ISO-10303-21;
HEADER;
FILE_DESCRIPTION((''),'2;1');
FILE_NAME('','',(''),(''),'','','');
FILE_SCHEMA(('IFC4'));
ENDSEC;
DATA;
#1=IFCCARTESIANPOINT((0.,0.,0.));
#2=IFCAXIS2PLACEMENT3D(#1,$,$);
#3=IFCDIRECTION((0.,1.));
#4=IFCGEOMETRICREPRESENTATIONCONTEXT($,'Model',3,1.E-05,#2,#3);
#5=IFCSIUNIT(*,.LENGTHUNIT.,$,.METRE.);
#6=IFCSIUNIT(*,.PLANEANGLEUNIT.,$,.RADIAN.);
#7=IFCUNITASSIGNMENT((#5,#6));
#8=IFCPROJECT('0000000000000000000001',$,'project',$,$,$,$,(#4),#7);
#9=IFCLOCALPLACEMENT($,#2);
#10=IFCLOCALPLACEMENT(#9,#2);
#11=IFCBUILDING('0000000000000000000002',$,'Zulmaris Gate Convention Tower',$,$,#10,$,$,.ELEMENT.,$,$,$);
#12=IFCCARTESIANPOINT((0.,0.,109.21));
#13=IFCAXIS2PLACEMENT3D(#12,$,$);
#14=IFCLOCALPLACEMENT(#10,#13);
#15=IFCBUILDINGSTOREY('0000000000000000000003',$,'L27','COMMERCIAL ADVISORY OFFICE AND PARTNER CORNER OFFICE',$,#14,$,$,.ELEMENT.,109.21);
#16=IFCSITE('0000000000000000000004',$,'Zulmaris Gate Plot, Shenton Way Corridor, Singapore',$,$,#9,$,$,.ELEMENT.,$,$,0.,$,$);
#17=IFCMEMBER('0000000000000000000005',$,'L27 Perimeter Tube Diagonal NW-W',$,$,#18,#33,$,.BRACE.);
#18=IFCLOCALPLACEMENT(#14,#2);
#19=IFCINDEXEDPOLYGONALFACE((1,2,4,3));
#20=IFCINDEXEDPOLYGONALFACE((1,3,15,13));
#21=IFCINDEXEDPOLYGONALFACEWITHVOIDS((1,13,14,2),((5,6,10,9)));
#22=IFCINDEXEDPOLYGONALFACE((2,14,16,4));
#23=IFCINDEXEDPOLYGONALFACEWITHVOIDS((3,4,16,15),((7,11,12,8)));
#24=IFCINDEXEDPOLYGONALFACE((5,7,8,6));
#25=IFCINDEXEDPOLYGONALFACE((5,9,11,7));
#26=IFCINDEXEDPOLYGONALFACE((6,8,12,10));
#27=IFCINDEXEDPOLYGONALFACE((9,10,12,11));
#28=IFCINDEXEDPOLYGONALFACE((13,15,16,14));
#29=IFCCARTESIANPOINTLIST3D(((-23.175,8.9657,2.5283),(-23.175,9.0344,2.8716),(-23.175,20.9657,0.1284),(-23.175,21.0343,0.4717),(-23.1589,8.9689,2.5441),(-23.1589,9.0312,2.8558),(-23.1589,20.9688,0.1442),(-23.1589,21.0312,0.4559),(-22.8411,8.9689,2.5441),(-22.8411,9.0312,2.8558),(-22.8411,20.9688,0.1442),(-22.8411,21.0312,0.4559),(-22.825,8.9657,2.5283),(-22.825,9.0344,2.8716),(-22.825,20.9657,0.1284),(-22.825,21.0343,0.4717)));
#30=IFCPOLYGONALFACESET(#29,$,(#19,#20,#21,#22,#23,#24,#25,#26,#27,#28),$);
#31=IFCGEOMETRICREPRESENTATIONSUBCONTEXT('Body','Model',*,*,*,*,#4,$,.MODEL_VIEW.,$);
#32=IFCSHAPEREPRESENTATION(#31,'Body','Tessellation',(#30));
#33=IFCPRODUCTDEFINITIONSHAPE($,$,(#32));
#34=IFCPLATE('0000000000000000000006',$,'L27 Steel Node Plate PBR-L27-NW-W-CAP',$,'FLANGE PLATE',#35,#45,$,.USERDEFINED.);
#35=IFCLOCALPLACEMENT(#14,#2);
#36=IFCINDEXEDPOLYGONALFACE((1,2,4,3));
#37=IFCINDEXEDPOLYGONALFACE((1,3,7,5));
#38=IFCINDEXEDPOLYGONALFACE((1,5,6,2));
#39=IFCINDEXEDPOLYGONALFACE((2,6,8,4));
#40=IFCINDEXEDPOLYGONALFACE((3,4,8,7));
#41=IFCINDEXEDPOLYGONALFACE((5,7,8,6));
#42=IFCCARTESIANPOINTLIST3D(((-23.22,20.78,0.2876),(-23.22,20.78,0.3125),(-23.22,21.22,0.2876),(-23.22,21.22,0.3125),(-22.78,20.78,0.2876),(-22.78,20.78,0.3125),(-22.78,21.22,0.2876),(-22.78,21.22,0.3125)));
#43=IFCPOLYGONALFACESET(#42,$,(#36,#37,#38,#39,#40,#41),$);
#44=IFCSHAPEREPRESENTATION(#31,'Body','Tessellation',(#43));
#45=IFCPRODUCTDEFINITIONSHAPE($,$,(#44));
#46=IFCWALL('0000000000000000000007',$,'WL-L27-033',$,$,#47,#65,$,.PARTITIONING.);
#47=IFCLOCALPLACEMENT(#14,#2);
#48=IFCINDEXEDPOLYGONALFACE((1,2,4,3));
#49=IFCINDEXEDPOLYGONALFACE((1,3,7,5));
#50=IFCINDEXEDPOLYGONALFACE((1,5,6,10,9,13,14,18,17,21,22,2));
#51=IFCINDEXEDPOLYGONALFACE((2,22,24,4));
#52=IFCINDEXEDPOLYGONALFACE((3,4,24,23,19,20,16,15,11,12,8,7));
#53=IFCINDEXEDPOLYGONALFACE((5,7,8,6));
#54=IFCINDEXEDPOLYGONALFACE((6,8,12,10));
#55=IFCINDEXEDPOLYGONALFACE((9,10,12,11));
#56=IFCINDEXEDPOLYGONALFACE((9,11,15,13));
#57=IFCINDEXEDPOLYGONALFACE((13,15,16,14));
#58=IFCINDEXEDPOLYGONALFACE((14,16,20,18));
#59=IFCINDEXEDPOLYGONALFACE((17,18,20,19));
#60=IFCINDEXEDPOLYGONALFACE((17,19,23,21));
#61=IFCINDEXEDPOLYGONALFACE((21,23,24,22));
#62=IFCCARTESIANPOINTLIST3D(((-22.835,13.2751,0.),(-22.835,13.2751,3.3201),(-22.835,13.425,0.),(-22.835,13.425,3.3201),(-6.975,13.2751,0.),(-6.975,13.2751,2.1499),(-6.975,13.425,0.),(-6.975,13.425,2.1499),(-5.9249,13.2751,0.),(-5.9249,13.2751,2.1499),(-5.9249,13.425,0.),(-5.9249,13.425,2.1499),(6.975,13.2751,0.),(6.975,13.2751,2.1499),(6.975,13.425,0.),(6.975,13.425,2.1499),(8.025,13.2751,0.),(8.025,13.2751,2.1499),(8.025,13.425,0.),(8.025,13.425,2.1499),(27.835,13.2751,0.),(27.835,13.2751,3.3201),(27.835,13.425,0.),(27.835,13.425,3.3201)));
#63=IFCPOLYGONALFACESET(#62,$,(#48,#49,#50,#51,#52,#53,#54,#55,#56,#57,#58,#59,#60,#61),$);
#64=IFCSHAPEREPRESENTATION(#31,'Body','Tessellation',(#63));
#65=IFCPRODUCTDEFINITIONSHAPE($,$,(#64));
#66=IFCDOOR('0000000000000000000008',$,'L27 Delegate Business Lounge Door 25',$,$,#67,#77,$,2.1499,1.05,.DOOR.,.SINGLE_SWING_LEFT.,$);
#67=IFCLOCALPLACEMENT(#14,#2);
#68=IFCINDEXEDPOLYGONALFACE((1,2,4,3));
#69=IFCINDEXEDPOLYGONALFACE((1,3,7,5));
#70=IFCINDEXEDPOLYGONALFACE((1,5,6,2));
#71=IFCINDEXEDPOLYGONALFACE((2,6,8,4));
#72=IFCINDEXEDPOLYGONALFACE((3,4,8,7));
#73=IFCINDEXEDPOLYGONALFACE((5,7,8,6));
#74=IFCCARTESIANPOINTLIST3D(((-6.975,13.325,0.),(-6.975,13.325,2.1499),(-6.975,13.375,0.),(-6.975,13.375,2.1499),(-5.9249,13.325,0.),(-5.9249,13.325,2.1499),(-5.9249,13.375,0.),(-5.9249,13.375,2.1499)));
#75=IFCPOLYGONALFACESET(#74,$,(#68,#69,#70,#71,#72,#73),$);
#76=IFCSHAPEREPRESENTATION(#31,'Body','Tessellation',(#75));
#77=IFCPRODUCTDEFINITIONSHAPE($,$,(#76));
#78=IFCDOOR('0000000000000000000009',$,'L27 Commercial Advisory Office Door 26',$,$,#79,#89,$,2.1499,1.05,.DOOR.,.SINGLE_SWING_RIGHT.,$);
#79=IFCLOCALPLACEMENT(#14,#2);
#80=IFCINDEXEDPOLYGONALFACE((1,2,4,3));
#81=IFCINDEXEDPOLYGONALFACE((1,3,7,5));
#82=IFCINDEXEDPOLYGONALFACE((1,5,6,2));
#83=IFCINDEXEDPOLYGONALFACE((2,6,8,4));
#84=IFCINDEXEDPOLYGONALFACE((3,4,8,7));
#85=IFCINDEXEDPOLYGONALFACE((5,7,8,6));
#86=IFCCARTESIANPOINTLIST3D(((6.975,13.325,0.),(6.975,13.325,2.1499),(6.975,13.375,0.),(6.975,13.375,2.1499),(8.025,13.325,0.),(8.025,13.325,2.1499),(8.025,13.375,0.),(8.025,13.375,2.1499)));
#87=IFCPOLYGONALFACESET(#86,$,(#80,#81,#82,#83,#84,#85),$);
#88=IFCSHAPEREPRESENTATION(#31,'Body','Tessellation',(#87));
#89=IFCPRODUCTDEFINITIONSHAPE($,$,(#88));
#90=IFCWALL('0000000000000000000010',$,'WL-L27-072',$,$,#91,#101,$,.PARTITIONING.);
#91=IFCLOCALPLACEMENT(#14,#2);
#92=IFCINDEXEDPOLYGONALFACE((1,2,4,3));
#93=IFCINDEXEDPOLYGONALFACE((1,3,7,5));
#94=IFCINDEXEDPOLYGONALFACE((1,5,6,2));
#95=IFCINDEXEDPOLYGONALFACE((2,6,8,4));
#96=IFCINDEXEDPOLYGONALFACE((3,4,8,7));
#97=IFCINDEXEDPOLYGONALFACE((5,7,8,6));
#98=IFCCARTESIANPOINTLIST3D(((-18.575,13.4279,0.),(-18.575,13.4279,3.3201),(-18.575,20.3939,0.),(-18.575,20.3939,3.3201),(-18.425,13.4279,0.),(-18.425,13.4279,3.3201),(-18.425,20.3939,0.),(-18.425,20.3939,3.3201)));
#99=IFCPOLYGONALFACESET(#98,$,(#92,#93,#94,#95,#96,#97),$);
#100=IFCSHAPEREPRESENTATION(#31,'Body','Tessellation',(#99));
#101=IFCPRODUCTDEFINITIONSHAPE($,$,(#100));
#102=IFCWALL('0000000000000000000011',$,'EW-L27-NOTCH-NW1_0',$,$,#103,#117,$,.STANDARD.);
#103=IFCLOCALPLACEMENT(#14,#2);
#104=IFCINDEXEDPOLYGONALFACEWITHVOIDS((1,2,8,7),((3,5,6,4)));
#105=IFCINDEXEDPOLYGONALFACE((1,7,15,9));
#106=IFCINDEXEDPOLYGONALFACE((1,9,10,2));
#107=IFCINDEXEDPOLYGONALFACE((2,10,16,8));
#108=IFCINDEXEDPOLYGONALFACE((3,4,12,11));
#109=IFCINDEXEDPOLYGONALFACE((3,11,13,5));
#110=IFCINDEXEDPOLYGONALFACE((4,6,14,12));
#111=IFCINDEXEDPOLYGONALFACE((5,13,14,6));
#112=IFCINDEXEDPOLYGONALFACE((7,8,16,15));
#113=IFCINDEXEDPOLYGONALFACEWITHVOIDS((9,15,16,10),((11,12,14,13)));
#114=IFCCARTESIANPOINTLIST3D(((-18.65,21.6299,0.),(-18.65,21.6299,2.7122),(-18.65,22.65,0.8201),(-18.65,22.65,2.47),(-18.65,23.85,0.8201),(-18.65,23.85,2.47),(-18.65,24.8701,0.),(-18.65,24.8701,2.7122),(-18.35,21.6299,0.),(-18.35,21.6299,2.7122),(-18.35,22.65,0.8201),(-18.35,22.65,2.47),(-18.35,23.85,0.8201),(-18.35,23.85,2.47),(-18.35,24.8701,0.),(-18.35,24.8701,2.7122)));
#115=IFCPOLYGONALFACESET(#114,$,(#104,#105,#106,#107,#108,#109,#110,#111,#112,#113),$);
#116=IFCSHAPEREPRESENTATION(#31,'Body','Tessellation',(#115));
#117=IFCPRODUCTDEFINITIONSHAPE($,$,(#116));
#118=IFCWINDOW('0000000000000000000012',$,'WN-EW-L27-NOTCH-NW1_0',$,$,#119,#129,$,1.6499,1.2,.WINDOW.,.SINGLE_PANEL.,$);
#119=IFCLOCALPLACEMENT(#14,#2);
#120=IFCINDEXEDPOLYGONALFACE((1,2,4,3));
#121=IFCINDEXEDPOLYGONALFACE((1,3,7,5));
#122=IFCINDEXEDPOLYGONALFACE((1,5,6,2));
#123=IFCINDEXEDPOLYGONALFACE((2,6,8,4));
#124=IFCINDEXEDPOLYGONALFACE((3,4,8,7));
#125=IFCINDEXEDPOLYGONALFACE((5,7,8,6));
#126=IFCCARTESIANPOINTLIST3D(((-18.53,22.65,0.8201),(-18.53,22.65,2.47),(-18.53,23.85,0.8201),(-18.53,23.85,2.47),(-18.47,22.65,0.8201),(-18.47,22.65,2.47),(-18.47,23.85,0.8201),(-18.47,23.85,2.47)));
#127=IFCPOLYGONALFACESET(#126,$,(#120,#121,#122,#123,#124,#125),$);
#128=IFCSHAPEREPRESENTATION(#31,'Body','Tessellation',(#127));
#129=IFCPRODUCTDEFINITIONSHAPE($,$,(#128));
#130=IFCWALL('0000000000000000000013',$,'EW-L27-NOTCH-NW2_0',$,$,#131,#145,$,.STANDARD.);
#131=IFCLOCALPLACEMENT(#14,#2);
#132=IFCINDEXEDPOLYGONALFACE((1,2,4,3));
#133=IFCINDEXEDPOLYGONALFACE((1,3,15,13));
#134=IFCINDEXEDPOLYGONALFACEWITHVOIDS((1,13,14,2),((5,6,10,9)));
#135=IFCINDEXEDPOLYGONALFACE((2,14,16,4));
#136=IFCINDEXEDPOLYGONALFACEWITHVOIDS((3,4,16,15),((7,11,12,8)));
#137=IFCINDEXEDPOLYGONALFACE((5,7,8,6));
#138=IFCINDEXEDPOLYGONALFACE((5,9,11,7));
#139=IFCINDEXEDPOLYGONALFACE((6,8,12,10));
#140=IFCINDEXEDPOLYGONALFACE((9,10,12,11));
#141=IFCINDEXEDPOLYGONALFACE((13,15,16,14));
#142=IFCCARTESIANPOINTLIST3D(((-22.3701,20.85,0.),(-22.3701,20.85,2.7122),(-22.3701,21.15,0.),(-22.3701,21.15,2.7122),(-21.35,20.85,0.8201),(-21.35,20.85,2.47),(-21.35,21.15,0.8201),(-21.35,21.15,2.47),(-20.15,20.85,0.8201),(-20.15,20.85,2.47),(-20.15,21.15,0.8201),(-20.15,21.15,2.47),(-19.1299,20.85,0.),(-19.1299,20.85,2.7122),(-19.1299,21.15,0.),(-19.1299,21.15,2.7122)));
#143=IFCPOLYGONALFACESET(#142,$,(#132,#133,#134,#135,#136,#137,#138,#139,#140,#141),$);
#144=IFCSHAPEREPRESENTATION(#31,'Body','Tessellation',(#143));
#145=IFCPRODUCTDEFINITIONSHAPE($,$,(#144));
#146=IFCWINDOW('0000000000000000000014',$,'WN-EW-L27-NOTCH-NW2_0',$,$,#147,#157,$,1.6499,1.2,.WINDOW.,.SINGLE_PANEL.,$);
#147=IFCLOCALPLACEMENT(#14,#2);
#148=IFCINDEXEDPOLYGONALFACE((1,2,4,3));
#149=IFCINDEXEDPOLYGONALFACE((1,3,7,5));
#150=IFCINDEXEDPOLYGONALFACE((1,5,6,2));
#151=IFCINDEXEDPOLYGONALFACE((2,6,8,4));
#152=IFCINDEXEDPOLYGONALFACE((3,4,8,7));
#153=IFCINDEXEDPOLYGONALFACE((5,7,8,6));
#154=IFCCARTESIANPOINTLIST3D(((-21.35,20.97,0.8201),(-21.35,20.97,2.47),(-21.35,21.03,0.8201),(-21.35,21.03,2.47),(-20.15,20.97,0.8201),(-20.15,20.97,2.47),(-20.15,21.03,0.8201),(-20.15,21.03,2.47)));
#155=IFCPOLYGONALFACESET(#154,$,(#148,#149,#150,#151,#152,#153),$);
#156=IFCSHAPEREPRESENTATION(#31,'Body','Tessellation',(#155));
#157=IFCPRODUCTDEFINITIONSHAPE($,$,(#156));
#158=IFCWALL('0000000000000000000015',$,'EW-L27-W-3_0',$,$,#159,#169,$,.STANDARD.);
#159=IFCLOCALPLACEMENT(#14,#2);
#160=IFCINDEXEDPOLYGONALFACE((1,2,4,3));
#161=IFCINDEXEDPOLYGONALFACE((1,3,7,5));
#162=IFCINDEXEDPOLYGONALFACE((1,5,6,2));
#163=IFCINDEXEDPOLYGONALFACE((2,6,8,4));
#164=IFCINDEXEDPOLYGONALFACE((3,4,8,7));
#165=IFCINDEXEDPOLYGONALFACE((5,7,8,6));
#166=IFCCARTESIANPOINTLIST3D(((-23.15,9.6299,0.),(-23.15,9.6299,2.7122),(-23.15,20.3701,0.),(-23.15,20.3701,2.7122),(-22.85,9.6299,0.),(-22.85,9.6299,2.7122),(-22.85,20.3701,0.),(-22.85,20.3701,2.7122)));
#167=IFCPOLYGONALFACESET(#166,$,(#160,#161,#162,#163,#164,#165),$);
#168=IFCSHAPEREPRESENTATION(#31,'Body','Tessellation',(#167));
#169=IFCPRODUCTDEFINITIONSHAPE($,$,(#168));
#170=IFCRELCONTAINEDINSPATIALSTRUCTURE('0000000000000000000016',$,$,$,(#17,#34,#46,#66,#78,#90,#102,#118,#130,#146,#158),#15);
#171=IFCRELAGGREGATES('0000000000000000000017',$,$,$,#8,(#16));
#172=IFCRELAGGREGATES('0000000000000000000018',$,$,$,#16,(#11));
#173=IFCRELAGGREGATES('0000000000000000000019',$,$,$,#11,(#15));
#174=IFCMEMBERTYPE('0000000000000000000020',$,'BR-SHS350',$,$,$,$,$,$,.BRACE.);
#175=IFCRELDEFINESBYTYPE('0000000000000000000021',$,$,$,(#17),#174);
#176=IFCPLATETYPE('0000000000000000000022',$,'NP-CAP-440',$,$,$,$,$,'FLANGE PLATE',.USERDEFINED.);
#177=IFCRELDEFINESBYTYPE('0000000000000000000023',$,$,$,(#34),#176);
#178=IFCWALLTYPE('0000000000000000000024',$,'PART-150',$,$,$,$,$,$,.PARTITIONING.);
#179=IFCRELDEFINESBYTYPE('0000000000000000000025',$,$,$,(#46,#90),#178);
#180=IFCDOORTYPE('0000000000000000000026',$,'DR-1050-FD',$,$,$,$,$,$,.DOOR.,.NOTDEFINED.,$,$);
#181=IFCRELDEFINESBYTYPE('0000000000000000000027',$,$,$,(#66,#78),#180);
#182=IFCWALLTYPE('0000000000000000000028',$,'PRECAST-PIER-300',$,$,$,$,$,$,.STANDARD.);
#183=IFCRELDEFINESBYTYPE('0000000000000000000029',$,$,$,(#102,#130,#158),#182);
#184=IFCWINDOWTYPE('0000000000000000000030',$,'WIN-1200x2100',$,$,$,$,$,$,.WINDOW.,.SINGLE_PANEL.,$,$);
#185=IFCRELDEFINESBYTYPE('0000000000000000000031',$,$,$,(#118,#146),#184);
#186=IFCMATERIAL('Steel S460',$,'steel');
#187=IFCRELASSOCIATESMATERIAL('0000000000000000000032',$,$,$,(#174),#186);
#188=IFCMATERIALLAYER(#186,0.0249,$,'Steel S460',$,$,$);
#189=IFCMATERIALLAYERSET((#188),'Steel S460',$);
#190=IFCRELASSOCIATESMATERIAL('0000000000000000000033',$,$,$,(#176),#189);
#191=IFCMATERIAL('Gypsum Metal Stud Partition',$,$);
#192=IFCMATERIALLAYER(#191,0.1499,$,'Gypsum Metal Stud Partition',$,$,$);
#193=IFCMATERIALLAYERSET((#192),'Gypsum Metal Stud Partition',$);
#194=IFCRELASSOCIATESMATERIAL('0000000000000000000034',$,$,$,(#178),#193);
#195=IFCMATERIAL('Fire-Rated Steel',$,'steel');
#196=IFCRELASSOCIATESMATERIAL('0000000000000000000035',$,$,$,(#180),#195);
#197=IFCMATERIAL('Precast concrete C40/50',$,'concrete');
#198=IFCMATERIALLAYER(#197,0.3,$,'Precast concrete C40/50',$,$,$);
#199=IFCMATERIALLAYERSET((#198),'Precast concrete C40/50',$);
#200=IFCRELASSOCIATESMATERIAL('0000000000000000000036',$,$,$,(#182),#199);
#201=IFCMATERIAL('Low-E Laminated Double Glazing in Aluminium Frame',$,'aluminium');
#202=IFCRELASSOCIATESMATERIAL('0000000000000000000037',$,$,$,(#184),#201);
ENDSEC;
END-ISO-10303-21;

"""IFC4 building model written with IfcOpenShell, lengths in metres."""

from ifc_helpers import new_model, si_unit, direction, frame, frame_2d, origin, origin_2d, place, context, subcontext, project, spatial, rectangle, hollow_rectangle, extrude, material, layer, layer_set, material_profile, profile_set, type_object, element, fill, save


model = new_model("IFC4")

# Units and contexts
model_context = context("Model", 3, precision=1e-05, world=origin(), true_north=direction((0.0, 1.0)))
body_context = subcontext(model_context, "Body", "Model", "MODEL_VIEW")
ifc_project = project(units=[si_unit("LENGTHUNIT", "METRE"), si_unit("PLANEANGLEUNIT", "RADIAN")], contexts=[model_context])

# Site, building, storey
site_placement = place(None, origin())
site = spatial("IfcSite", under=ifc_project, at=site_placement, Name="Zulmaris Gate Plot, Shenton Way Corridor, Singapore", CompositionType="ELEMENT", RefElevation=0.0)
building_placement = place(site_placement, origin())
building = spatial("IfcBuilding", under=site, at=building_placement, Name="Zulmaris Gate Convention Tower", CompositionType="ELEMENT")
storey_placement = place(building_placement, frame((0.0, 0.0, 109.21)))
storey = spatial("IfcBuildingStorey", under=building, at=storey_placement, Name="L27", Description="COMMERCIAL ADVISORY OFFICE AND PARTNER CORNER OFFICE", CompositionType="ELEMENT", Elevation=109.21)

# Member
ifc_material_1 = material(Name="Steel S460", Category="steel")
ifc_material_profile_1 = material_profile(ifc_material_1, hollow_rectangle(XDim=0.3501, YDim=0.3501, WallThickness=0.0161, at=origin_2d()), Name="SHS 350x350x16")
ifc_profile_set_1 = profile_set([ifc_material_profile_1], Name="Steel S460")
member_type = type_object("IfcMemberType", Name="BR-SHS350", PredefinedType="BRACE", material=ifc_profile_set_1)
member_placement = place(storey_placement, frame((-23.0, 21.0, 0.3), z_axis=(0.0, -0.980582, 0.196108), x_axis=(1.0, 0.0, 0.0)))
element("IfcMember", 1, at=member_placement, inside=storey, type_object=member_type, Name="L27 Perimeter Tube Diagonal NW-W", PredefinedType="BRACE", context=body_context, shape_type="SweptSolid", body=[
    extrude(hollow_rectangle(XDim=0.3501, YDim=0.3501, WallThickness=0.0161, at=origin_2d()), origin(), (0.0, 0.0, 1.0), 12.2375),
])

# Plate
ifc_layer_1 = layer(ifc_material_1, 0.0249, Name="Steel S460")
ifc_layer_set_1 = layer_set([ifc_layer_1], Name="Steel S460")
plate_type = type_object("IfcPlateType", Name="NP-CAP-440", ElementType="FLANGE PLATE", PredefinedType="USERDEFINED", material=ifc_layer_set_1)
plate_placement = place(storey_placement, frame((-23.0, 21.0, 0.2876), z_axis=(0.0, 0.0, 1.0), x_axis=(1.0, 0.0, 0.0)))
element("IfcPlate", 2, at=plate_placement, inside=storey, type_object=plate_type, Name="L27 Steel Node Plate PBR-L27-NW-W-CAP", ObjectType="FLANGE PLATE", PredefinedType="USERDEFINED", context=body_context, shape_type="SweptSolid", body=[
    extrude(rectangle(XDim=0.4399, YDim=0.4399, at=origin_2d()), origin(), (0.0, 0.0, 1.0), 0.0249),
])

# Shared definitions
ifc_material_2 = material(Name="Gypsum Metal Stud Partition")
ifc_layer_2 = layer(ifc_material_2, 0.1499, Name="Gypsum Metal Stud Partition")
ifc_layer_set_2 = layer_set([ifc_layer_2], Name="Gypsum Metal Stud Partition")
wall_type_1 = type_object("IfcWallType", Name="PART-150", PredefinedType="PARTITIONING", material=ifc_layer_set_2)

# Wall, openings, doors
wall_1_placement = place(storey_placement, frame((-22.835, 13.3501, 0.0), z_axis=(0.0, 0.0, 1.0), x_axis=(1.0, 0.0, 0.0)))
wall_1 = element("IfcWall", 3, at=wall_1_placement, inside=storey, type_object=wall_type_1, Name="WL-L27-033", PredefinedType="PARTITIONING", context=body_context, shape_type="SweptSolid", body=[
    extrude(rectangle(XDim=50.6699, YDim=0.1499, at=frame_2d((25.335, 0.0))), origin(), (0.0, 0.0, 1.0), 3.3201),
])
opening_1_placement = place(wall_1_placement, frame((15.8601, 0.0, 0.0)))
opening_1 = element("IfcOpeningElement", 4, at=opening_1_placement, cuts=wall_1, PredefinedType="OPENING", context=body_context, shape_type="SweptSolid", body=[
    extrude(rectangle(XDim=1.05, YDim=2.1499, at=frame_2d((0.5249, 1.075))), frame((0.0, 0.085, 0.0), z_axis=(0.0, -1.0, 0.0), x_axis=(1.0, 0.0, 0.0)), (0.0, 0.0, 1.0), 0.1699),
])
opening_2_placement = place(wall_1_placement, frame((29.8101, 0.0, 0.0)))
opening_2 = element("IfcOpeningElement", 5, at=opening_2_placement, cuts=wall_1, PredefinedType="OPENING", context=body_context, shape_type="SweptSolid", body=[
    extrude(rectangle(XDim=1.05, YDim=2.1499, at=frame_2d((0.5249, 1.075))), frame((0.0, 0.085, 0.0), z_axis=(0.0, -1.0, 0.0), x_axis=(1.0, 0.0, 0.0)), (0.0, 0.0, 1.0), 0.1699),
])
ifc_material_3 = material(Name="Fire-Rated Steel", Category="steel")
door_type_1 = type_object("IfcDoorType", Name="DR-1050-FD", OperationType="NOTDEFINED", PredefinedType="DOOR", material=ifc_material_3)
door_1_placement = place(opening_1_placement, origin())
door_1 = element("IfcDoor", 6, at=door_1_placement, inside=storey, type_object=door_type_1, Name="L27 Delegate Business Lounge Door 25", OperationType="SINGLE_SWING_LEFT", OverallHeight=2.1499, OverallWidth=1.05, PredefinedType="DOOR", context=body_context, shape_type="SweptSolid", body=[
    extrude(rectangle(XDim=1.05, YDim=2.1499, at=frame_2d((0.5249, 1.075))), frame((0.0, 0.0249, 0.0), z_axis=(0.0, -1.0, 0.0), x_axis=(1.0, 0.0, 0.0)), (0.0, 0.0, 1.0), 0.05),
])
fill(opening_1, door_1)
door_2_placement = place(opening_2_placement, origin())
door_2 = element("IfcDoor", 7, at=door_2_placement, inside=storey, type_object=door_type_1, Name="L27 Commercial Advisory Office Door 26", OperationType="SINGLE_SWING_RIGHT", OverallHeight=2.1499, OverallWidth=1.05, PredefinedType="DOOR", context=body_context, shape_type="SweptSolid", body=[
    extrude(rectangle(XDim=1.05, YDim=2.1499, at=frame_2d((0.5249, 1.075))), frame((0.0, 0.0249, 0.0), z_axis=(0.0, -1.0, 0.0), x_axis=(1.0, 0.0, 0.0)), (0.0, 0.0, 1.0), 0.05),
])
fill(opening_2, door_2)

# Wall
wall_2_placement = place(storey_placement, frame((-18.5, 13.428, 0.0), z_axis=(0.0, 0.0, 1.0), x_axis=(0.0, 1.0, 0.0)))
element("IfcWall", 8, at=wall_2_placement, inside=storey, type_object=wall_type_1, Name="WL-L27-072", PredefinedType="PARTITIONING", context=body_context, shape_type="SweptSolid", body=[
    extrude(rectangle(XDim=6.9661, YDim=0.1499, at=frame_2d((3.4829, 0.0))), origin(), (0.0, 0.0, 1.0), 3.3201),
])

# Walls, openings, windows
ifc_material_4 = material(Name="Precast concrete C40/50", Category="concrete")
ifc_layer_3 = layer(ifc_material_4, 0.3, Name="Precast concrete C40/50")
ifc_layer_set_3 = layer_set([ifc_layer_3], Name="Precast concrete C40/50")
wall_type_2 = type_object("IfcWallType", Name="PRECAST-PIER-300", PredefinedType="STANDARD", material=ifc_layer_set_3)
wall_3_placement = place(storey_placement, frame((-18.5, 24.8701, 0.0), z_axis=(0.0, 0.0, 1.0), x_axis=(0.0, -1.0, 0.0)))
wall_3 = element("IfcWall", 9, at=wall_3_placement, inside=storey, type_object=wall_type_2, Name="EW-L27-NOTCH-NW1_0", PredefinedType="STANDARD", context=body_context, shape_type="SweptSolid", body=[
    extrude(rectangle(XDim=3.2402, YDim=0.3, at=frame_2d((1.6201, 0.0))), origin(), (0.0, 0.0, 1.0), 2.7122),
])
opening_3_placement = place(wall_3_placement, frame((1.02, 0.0, 0.8201)))
opening_3 = element("IfcOpeningElement", 10, at=opening_3_placement, cuts=wall_3, PredefinedType="OPENING", context=body_context, shape_type="SweptSolid", body=[
    extrude(rectangle(XDim=1.2, YDim=1.6499, at=frame_2d((0.6001, 0.825))), frame((0.0, 0.1602, 0.0), z_axis=(0.0, -1.0, 0.0), x_axis=(1.0, 0.0, 0.0)), (0.0, 0.0, 1.0), 0.3201),
])
ifc_material_5 = material(Name="Low-E Laminated Double Glazing in Aluminium Frame", Category="aluminium")
window_type = type_object("IfcWindowType", Name="WIN-1200x2100", PartitioningType="SINGLE_PANEL", PredefinedType="WINDOW", material=ifc_material_5)
window_1_placement = place(opening_3_placement, origin())
window_1 = element("IfcWindow", 11, at=window_1_placement, inside=storey, type_object=window_type, Name="WN-EW-L27-NOTCH-NW1_0", OverallHeight=1.6499, OverallWidth=1.2, PartitioningType="SINGLE_PANEL", PredefinedType="WINDOW", context=body_context, shape_type="SweptSolid", body=[
    extrude(rectangle(XDim=1.2, YDim=1.6499, at=frame_2d((0.6001, 0.825))), frame((0.0, 0.03, 0.0), z_axis=(0.0, -1.0, 0.0), x_axis=(1.0, 0.0, 0.0)), (0.0, 0.0, 1.0), 0.0601),
])
fill(opening_3, window_1)
wall_4_placement = place(storey_placement, frame((-19.1299, 21.0, 0.0), z_axis=(0.0, 0.0, 1.0), x_axis=(-1.0, 0.0, 0.0)))
wall_4 = element("IfcWall", 12, at=wall_4_placement, inside=storey, type_object=wall_type_2, Name="EW-L27-NOTCH-NW2_0", PredefinedType="STANDARD", context=body_context, shape_type="SweptSolid", body=[
    extrude(rectangle(XDim=3.2402, YDim=0.3, at=frame_2d((1.6201, 0.0))), origin(), (0.0, 0.0, 1.0), 2.7122),
])
opening_4_placement = place(wall_4_placement, frame((1.02, 0.0, 0.8201)))
opening_4 = element("IfcOpeningElement", 13, at=opening_4_placement, cuts=wall_4, PredefinedType="OPENING", context=body_context, shape_type="SweptSolid", body=[
    extrude(rectangle(XDim=1.2, YDim=1.6499, at=frame_2d((0.6001, 0.825))), frame((0.0, 0.1602, 0.0), z_axis=(0.0, -1.0, 0.0), x_axis=(1.0, 0.0, 0.0)), (0.0, 0.0, 1.0), 0.3201),
])
window_2_placement = place(opening_4_placement, origin())
window_2 = element("IfcWindow", 14, at=window_2_placement, inside=storey, type_object=window_type, Name="WN-EW-L27-NOTCH-NW2_0", OverallHeight=1.6499, OverallWidth=1.2, PartitioningType="SINGLE_PANEL", PredefinedType="WINDOW", context=body_context, shape_type="SweptSolid", body=[
    extrude(rectangle(XDim=1.2, YDim=1.6499, at=frame_2d((0.6001, 0.825))), frame((0.0, 0.03, 0.0), z_axis=(0.0, -1.0, 0.0), x_axis=(1.0, 0.0, 0.0)), (0.0, 0.0, 1.0), 0.0601),
])
fill(opening_4, window_2)

# Wall
wall_5_placement = place(storey_placement, frame((-23.0, 20.3701, 0.0), z_axis=(0.0, 0.0, 1.0), x_axis=(0.0, -1.0, 0.0)))
element("IfcWall", 15, at=wall_5_placement, inside=storey, type_object=wall_type_2, Name="EW-L27-W-3_0", PredefinedType="STANDARD", context=body_context, shape_type="SweptSolid", body=[
    extrude(rectangle(XDim=10.7402, YDim=0.3, at=frame_2d((5.3701, 0.0))), origin(), (0.0, 0.0, 1.0), 2.7122),
])

save(model, "model.ifc")
